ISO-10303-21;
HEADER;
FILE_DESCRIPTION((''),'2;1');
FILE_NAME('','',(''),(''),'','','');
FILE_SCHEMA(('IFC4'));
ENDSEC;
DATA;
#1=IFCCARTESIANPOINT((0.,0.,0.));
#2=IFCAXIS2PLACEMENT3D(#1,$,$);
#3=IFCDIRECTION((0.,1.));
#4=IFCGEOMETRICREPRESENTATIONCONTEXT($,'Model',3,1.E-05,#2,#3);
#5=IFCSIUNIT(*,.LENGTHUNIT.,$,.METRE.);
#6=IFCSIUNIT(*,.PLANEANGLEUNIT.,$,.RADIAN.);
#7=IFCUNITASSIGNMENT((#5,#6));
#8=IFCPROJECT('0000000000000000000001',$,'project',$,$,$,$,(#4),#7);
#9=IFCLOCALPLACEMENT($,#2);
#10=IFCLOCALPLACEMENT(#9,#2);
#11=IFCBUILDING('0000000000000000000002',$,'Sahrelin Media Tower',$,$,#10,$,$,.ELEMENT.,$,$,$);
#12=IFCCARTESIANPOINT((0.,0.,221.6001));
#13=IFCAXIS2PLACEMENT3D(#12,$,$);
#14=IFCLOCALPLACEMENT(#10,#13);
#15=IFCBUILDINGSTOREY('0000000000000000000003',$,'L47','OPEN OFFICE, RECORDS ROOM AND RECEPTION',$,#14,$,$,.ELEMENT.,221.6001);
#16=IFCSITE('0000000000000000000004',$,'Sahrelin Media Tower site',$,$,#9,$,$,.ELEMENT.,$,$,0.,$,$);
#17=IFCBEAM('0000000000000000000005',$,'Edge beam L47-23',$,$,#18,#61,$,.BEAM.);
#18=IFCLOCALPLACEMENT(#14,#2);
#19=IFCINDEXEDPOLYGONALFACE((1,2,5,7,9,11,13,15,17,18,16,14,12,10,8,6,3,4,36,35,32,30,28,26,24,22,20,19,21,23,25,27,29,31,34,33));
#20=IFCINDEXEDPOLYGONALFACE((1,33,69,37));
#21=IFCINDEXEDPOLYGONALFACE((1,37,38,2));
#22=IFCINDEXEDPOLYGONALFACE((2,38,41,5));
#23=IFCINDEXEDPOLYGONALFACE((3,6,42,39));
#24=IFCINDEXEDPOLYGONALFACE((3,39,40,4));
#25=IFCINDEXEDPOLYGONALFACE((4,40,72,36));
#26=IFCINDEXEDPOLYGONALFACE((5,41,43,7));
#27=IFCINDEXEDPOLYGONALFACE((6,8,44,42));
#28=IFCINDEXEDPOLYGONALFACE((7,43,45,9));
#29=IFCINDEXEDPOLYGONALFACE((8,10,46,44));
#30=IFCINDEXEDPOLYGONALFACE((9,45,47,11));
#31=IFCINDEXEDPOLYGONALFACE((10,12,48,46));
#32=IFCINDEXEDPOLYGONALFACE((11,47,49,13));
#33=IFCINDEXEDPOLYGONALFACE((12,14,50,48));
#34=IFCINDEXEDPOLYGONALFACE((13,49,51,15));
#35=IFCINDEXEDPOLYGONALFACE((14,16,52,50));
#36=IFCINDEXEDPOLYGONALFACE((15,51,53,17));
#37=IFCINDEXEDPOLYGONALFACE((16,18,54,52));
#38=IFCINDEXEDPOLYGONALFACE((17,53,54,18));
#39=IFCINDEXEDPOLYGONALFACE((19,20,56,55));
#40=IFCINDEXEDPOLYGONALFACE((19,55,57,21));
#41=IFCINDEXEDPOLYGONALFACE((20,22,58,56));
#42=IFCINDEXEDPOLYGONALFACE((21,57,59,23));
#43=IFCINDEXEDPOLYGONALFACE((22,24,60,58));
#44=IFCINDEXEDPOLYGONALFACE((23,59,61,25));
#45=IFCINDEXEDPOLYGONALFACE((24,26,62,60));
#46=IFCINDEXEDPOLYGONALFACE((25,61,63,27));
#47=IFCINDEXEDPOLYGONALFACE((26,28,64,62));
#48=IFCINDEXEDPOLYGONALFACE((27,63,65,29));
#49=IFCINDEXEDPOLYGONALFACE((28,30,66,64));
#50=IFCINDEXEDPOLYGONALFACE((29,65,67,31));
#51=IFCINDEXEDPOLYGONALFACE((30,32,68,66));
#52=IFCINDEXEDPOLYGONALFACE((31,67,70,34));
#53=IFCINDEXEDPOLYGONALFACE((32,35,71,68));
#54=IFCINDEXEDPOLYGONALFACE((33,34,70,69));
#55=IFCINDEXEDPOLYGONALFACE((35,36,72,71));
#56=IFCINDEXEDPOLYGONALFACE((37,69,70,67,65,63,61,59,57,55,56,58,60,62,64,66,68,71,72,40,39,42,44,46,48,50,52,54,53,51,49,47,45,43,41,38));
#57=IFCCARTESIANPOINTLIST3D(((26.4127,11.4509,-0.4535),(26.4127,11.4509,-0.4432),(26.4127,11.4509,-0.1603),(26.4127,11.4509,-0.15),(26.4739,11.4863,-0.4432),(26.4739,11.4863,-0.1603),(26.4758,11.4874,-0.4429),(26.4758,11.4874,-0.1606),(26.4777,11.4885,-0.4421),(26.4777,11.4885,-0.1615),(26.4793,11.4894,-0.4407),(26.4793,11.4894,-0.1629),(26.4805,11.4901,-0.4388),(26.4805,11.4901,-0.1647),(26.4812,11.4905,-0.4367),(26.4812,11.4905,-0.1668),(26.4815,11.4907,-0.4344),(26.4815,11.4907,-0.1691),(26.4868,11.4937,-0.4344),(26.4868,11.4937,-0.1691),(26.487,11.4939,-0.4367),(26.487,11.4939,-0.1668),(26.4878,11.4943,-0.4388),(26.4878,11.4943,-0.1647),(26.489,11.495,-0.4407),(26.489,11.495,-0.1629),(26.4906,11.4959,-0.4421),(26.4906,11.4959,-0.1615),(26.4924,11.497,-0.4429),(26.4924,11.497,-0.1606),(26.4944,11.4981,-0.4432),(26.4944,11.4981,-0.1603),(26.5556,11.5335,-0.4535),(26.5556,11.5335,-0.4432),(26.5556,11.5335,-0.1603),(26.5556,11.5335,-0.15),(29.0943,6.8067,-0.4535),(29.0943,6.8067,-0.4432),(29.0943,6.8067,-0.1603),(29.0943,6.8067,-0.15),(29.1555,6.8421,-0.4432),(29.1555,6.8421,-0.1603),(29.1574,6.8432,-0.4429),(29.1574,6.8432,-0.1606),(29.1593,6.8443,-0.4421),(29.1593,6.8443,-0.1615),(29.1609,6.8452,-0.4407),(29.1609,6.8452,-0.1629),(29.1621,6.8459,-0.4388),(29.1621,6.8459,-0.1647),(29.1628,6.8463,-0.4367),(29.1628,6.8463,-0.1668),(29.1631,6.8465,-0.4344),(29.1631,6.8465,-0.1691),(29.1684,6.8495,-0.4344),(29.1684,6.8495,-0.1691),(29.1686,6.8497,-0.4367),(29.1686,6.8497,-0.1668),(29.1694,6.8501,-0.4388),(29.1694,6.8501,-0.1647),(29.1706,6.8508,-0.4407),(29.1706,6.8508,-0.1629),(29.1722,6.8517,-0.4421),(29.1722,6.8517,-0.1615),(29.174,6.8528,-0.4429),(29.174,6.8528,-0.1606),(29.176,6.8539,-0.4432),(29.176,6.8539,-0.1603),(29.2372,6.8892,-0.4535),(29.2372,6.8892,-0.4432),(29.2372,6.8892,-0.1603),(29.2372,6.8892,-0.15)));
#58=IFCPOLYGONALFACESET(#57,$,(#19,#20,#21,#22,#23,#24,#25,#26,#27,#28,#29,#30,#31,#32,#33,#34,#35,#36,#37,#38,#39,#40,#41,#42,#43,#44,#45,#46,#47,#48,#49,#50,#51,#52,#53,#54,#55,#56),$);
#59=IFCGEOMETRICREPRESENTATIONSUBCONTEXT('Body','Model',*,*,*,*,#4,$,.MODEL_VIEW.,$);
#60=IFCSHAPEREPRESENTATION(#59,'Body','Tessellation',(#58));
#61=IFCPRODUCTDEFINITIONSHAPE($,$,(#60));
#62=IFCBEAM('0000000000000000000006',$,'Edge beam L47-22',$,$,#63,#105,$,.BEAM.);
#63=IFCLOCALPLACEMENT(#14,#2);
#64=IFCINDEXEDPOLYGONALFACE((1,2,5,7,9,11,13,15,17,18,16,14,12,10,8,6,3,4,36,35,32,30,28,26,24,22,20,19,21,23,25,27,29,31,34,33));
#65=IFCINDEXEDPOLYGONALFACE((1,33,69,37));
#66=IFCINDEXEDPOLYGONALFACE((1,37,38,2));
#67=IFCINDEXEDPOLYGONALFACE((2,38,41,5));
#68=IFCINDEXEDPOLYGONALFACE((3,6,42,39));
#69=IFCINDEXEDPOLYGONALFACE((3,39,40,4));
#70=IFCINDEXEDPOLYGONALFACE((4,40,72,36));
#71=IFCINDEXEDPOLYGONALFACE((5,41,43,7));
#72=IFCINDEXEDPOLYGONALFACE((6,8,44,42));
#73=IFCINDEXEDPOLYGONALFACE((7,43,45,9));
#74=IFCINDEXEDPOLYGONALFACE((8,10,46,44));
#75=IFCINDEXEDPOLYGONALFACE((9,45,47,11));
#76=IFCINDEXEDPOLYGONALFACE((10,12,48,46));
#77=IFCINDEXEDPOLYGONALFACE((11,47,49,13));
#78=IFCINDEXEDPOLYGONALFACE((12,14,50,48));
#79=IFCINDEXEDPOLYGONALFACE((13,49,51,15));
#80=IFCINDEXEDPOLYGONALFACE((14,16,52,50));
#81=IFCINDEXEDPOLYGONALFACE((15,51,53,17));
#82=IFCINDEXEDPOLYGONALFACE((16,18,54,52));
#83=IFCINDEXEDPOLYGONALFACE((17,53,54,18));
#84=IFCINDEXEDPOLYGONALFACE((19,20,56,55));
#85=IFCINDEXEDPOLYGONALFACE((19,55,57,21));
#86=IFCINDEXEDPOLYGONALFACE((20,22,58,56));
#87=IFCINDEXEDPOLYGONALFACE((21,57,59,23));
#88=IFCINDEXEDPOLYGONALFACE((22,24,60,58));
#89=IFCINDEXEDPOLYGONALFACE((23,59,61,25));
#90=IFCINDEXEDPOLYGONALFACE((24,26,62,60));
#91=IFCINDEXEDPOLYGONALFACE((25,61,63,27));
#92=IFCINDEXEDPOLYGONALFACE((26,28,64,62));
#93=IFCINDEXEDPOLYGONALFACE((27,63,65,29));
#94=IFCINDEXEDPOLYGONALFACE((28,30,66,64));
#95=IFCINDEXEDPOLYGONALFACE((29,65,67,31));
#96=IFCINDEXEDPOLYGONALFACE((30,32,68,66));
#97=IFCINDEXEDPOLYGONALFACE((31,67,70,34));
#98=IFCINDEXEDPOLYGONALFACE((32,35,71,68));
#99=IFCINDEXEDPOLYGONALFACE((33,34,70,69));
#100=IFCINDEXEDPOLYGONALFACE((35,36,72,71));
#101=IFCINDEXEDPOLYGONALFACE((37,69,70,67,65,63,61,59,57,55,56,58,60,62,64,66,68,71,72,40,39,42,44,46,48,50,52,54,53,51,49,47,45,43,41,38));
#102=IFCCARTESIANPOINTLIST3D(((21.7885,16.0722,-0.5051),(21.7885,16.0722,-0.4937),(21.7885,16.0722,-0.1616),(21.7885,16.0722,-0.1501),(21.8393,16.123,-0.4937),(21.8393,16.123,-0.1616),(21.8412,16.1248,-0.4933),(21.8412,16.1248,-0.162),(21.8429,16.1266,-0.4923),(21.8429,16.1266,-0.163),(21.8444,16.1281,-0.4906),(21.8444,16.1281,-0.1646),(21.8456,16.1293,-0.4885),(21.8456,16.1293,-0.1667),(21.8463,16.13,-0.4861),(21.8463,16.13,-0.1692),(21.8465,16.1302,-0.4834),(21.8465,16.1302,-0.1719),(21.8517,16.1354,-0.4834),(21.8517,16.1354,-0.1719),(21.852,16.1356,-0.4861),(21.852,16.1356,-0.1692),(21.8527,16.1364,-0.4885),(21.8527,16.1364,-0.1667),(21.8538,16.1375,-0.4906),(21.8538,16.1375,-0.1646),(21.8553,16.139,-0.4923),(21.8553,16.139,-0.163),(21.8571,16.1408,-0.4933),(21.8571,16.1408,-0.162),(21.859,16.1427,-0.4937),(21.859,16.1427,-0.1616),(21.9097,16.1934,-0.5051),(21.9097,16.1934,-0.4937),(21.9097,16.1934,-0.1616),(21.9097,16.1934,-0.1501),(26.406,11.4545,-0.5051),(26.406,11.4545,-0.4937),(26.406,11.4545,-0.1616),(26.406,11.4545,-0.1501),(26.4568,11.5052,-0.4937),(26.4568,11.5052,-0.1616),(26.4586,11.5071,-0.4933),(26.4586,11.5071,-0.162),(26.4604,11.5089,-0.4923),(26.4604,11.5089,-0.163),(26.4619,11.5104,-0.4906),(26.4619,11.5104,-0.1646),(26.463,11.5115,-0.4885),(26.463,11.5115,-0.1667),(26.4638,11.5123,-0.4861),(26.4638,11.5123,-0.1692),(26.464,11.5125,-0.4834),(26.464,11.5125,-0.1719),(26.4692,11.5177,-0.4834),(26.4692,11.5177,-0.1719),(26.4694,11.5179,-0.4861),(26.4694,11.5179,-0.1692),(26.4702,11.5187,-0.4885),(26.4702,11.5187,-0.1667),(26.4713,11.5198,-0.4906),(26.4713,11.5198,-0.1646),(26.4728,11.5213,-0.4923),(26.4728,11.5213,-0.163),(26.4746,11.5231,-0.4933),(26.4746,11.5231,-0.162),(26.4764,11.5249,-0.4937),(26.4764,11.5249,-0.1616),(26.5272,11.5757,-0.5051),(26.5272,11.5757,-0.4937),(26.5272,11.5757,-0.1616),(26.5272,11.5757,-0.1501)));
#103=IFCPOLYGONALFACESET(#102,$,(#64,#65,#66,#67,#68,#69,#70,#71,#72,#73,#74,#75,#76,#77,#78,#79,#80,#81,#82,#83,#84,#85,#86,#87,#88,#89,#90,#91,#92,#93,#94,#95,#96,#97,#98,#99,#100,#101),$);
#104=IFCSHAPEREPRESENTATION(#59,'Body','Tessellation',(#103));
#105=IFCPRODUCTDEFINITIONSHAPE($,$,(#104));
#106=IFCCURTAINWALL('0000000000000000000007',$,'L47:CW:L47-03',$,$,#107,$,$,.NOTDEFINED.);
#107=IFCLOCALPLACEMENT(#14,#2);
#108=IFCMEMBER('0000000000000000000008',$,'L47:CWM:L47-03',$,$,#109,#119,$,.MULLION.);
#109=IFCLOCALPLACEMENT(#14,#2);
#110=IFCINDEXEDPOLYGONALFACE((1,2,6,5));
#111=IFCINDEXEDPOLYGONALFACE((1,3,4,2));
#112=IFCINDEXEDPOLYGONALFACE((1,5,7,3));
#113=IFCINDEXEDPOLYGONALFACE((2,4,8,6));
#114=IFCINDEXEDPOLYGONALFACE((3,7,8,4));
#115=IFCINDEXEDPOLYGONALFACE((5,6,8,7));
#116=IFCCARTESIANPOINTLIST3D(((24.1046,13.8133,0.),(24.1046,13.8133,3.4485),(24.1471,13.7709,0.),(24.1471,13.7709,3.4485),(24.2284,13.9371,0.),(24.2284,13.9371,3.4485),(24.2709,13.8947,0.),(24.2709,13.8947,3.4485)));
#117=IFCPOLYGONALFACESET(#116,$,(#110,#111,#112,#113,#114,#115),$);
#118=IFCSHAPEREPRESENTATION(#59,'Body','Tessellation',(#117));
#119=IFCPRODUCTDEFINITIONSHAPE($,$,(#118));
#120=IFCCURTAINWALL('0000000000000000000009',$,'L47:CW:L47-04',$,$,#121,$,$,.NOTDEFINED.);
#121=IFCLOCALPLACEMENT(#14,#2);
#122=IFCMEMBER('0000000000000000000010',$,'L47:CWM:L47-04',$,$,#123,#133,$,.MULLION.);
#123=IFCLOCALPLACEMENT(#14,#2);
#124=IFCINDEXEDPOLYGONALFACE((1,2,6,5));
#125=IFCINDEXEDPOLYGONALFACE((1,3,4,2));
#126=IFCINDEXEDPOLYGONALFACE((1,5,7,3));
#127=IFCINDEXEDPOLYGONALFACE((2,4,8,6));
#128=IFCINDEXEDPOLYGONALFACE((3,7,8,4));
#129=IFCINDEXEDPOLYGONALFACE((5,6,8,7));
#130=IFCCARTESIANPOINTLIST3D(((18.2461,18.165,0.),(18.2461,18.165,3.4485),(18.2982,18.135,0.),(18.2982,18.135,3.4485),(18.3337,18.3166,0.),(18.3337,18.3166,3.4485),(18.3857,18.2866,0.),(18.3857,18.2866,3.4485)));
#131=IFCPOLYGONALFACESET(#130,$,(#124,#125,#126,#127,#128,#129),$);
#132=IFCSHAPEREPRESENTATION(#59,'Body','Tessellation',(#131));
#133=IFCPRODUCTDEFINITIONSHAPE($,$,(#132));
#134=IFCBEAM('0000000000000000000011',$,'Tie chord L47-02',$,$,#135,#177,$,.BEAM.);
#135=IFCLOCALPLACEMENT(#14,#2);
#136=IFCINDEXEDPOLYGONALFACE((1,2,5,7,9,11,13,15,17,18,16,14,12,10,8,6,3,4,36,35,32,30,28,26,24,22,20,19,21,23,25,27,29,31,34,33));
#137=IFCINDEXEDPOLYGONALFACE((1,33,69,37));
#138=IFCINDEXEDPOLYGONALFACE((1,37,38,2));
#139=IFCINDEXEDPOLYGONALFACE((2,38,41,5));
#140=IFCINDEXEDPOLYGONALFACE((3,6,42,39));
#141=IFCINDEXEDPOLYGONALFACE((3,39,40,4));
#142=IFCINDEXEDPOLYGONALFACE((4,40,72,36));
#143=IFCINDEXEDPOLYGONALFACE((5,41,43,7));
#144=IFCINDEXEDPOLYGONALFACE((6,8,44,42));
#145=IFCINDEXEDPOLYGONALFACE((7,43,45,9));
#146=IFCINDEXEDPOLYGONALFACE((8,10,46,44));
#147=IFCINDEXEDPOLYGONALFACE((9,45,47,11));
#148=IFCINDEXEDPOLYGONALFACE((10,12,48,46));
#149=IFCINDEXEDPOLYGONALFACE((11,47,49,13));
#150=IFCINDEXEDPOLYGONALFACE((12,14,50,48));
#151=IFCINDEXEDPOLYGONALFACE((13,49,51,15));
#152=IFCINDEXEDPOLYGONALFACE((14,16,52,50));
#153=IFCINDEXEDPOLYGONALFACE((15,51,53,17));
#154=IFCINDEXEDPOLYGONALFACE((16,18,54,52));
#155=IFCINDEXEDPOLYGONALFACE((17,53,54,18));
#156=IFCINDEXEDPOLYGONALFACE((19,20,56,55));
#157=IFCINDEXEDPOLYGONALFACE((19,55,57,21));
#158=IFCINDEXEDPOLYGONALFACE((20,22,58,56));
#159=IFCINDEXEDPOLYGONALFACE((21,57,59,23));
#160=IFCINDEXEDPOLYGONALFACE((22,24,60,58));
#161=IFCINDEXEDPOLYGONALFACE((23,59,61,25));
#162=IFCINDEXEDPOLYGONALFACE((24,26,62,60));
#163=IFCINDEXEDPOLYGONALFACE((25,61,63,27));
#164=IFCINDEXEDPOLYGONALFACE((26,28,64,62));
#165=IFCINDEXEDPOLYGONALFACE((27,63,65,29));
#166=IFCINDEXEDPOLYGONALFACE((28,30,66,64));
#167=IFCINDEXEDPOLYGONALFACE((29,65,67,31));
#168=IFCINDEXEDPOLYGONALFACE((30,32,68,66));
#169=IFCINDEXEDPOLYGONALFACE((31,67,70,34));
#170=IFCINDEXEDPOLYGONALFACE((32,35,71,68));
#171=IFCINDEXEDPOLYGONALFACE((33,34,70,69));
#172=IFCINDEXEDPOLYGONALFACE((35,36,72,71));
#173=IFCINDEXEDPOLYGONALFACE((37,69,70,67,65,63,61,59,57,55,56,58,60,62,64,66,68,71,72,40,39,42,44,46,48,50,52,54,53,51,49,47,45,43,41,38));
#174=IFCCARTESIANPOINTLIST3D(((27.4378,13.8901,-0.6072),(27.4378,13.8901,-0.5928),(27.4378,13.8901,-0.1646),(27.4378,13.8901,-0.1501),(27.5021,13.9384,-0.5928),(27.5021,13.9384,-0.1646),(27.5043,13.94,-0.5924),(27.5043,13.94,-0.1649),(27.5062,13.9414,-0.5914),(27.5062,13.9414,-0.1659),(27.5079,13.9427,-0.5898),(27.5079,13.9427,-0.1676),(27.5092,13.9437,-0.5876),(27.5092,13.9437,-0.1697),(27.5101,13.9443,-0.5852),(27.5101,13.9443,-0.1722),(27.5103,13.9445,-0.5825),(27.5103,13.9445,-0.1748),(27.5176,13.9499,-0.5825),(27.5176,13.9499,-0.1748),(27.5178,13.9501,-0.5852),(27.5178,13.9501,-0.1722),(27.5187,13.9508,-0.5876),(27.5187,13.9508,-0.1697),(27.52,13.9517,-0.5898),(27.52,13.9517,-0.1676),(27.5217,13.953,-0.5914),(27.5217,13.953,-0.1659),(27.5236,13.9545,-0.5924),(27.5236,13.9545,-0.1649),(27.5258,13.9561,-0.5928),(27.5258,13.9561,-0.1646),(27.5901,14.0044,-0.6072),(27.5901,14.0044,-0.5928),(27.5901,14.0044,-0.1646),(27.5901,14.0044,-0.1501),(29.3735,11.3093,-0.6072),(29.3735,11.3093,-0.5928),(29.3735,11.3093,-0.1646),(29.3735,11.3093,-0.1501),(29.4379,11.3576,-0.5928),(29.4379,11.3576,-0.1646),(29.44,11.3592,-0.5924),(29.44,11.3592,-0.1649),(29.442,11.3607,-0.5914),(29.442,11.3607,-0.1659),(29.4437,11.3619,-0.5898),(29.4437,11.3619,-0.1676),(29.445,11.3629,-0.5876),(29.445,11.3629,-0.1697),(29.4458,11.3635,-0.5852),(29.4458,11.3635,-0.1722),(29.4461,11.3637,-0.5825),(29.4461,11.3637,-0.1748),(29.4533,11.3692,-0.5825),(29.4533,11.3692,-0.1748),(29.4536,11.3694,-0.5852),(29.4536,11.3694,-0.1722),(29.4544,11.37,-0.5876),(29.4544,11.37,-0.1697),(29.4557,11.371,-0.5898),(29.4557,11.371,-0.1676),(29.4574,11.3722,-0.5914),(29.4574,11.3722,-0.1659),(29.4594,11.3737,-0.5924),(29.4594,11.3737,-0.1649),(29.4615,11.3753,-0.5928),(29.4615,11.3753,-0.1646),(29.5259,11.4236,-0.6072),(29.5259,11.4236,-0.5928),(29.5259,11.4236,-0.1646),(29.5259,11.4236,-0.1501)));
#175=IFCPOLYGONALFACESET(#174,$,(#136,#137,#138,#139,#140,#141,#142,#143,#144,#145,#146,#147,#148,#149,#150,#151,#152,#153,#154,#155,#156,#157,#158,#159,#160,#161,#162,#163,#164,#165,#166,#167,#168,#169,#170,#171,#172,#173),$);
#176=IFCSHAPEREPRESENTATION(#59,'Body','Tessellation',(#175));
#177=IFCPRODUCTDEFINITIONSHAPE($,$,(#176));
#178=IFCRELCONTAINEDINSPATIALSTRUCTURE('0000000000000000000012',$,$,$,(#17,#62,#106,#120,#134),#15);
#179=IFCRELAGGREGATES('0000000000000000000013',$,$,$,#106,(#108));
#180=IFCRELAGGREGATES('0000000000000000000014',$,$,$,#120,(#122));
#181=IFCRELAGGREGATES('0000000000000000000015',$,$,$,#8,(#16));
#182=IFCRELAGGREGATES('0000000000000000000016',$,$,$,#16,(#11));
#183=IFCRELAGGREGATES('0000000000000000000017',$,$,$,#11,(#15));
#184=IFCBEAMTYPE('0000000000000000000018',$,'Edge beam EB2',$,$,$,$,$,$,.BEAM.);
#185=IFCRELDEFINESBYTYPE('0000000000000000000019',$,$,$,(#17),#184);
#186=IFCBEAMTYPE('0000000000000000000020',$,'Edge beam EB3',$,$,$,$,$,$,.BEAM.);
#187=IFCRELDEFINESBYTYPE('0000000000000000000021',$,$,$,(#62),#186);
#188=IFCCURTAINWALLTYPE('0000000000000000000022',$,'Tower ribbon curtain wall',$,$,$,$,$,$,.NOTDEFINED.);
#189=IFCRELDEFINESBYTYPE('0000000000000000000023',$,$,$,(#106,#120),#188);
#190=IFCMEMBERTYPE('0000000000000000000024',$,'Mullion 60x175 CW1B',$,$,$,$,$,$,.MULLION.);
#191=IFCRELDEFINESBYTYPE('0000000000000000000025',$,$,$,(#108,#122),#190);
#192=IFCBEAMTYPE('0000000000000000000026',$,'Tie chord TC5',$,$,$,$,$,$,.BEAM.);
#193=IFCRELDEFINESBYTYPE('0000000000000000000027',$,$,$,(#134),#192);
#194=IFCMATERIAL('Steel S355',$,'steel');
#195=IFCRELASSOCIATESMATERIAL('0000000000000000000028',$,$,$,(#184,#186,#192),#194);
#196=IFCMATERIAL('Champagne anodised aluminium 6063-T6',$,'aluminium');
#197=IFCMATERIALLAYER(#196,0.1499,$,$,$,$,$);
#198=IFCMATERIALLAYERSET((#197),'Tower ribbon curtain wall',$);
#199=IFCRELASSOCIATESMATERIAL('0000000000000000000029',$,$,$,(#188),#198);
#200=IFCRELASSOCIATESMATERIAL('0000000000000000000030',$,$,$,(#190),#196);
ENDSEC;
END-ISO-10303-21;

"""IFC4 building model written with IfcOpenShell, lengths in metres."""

from ifc_helpers import new_model, si_unit, direction, frame, origin, origin_2d, place, context, subcontext, project, spatial, rectangle, i_section, extrude, material, layer, layer_set, material_profile, profile_set, type_object, element, aggregate, save


model = new_model("IFC4")

# Units and contexts
model_context = context("Model", 3, precision=1e-05, world=origin(), true_north=direction((0.0, 1.0)))
body_context = subcontext(model_context, "Body", "Model", "MODEL_VIEW")
ifc_project = project(units=[si_unit("LENGTHUNIT", "METRE"), si_unit("PLANEANGLEUNIT", "RADIAN")], contexts=[model_context])

# Site, building, storey
site_placement = place(None, origin())
site = spatial("IfcSite", under=ifc_project, at=site_placement, Name="Sahrelin Media Tower site", CompositionType="ELEMENT", RefElevation=0.0)
building_placement = place(site_placement, origin())
building = spatial("IfcBuilding", under=site, at=building_placement, Name="Sahrelin Media Tower", CompositionType="ELEMENT")
storey_placement = place(building_placement, frame((0.0, 0.0, 221.6001)))
storey = spatial("IfcBuildingStorey", under=building, at=storey_placement, Name="L47", Description="OPEN OFFICE, RECORDS ROOM AND RECEPTION", CompositionType="ELEMENT", Elevation=221.6001)

# Beams
ifc_material_1 = material(Name="Steel S355", Category="steel")
ifc_material_profile_1 = material_profile(ifc_material_1, i_section(OverallWidth=0.165, OverallDepth=0.3035, WebThickness=0.0061, FlangeThickness=0.0103, FilletRadius=0.0088, at=origin_2d()), Name="UB 305x165x40")
ifc_profile_set_1 = profile_set([ifc_material_profile_1], Name="Steel S355")
beam_type_1 = type_object("IfcBeamType", Name="Edge beam EB2", PredefinedType="BEAM", material=ifc_profile_set_1)
beam_1_placement = place(storey_placement, frame((26.4841, 11.4922, -0.3018), z_axis=(0.500036, -0.866004, 0.0), x_axis=(0.866004, 0.500036, 0.0)))
element("IfcBeam", 1, at=beam_1_placement, inside=storey, type_object=beam_type_1, Name="Edge beam L47-23", PredefinedType="BEAM", context=body_context, shape_type="SweptSolid", body=[
    extrude(i_section(OverallWidth=0.165, OverallDepth=0.3035, WebThickness=0.0061, FlangeThickness=0.0103, FilletRadius=0.0088, at=origin_2d()), origin(), (0.0, 0.0, 1.0), 5.3628),
])
ifc_material_profile_2 = material_profile(ifc_material_1, i_section(OverallWidth=0.1714, OverallDepth=0.355, WebThickness=0.0073, FlangeThickness=0.0115, FilletRadius=0.0103, at=origin_2d()), Name="UB 356x171x51")
ifc_profile_set_2 = profile_set([ifc_material_profile_2], Name="Steel S355")
beam_type_2 = type_object("IfcBeamType", Name="Edge beam EB3", PredefinedType="BEAM", material=ifc_profile_set_2)
beam_2_placement = place(storey_placement, frame((21.8491, 16.1328, -0.3276), z_axis=(0.707088, -0.707125, 0.0), x_axis=(0.707125, 0.707088, 0.0)))
element("IfcBeam", 2, at=beam_2_placement, inside=storey, type_object=beam_type_2, Name="Edge beam L47-22", PredefinedType="BEAM", context=body_context, shape_type="SweptSolid", body=[
    extrude(i_section(OverallWidth=0.1714, OverallDepth=0.355, WebThickness=0.0073, FlangeThickness=0.0115, FilletRadius=0.0103, at=origin_2d()), origin(), (0.0, 0.0, 1.0), 6.5303),
])

# Curtain walls, members
ifc_material_2 = material(Name="Champagne anodised aluminium 6063-T6", Category="aluminium")
ifc_layer_1 = layer(ifc_material_2, 0.1499)
ifc_layer_set_1 = layer_set([ifc_layer_1], Name="Tower ribbon curtain wall")
curtain_wall_type = type_object("IfcCurtainWallType", Name="Tower ribbon curtain wall", PredefinedType="NOTDEFINED", material=ifc_layer_set_1)
curtain_wall_1_placement = place(storey_placement, frame((24.2639, 13.9299, 0.0), z_axis=(0.0, 0.0, 1.0), x_axis=(1.0, 0.0, 0.0)))
curtain_wall_1 = element("IfcCurtainWall", 3, at=curtain_wall_1_placement, inside=storey, type_object=curtain_wall_type, Name="L47:CW:L47-03", PredefinedType="NOTDEFINED")
ifc_material_profile_3 = material_profile(ifc_material_2, rectangle(XDim=0.0601, YDim=0.175, at=origin_2d()), Name="Mullion 60x175")
ifc_profile_set_3 = profile_set([ifc_material_profile_3], Name="Champagne anodised aluminium 6063-T6")
member_type_1 = type_object("IfcMemberType", Name="Mullion 60x175 CW1B", PredefinedType="MULLION", material=ifc_profile_set_3)
member_1_placement = place(storey_placement, frame((24.1877, 13.854, 0.0), z_axis=(0.0, 0.0, 1.0), x_axis=(-0.707114, 0.707099, 0.0)))
member_1 = element("IfcMember", 4, at=member_1_placement, type_object=member_type_1, Name="L47:CWM:L47-03", PredefinedType="MULLION", context=body_context, shape_type="SweptSolid", body=[
    extrude(rectangle(XDim=0.0601, YDim=0.175, at=origin_2d()), origin(), (0.0, 0.0, 1.0), 3.4485),
])
curtain_wall_2_placement = place(storey_placement, frame((18.3696, 18.3191, 0.0), z_axis=(0.0, 0.0, 1.0), x_axis=(1.0, 0.0, 0.0)))
curtain_wall_2 = element("IfcCurtainWall", 5, at=curtain_wall_2_placement, inside=storey, type_object=curtain_wall_type, Name="L47:CW:L47-04", PredefinedType="NOTDEFINED")
member_2_placement = place(storey_placement, frame((18.3159, 18.2258, 0.0), z_axis=(0.0, 0.0, 1.0), x_axis=(-0.866023, 0.500005, 0.0)))
member_2 = element("IfcMember", 6, at=member_2_placement, type_object=member_type_1, Name="L47:CWM:L47-04", PredefinedType="MULLION", context=body_context, shape_type="SweptSolid", body=[
    extrude(rectangle(XDim=0.0601, YDim=0.175, at=origin_2d()), origin(), (0.0, 0.0, 1.0), 3.4485),
])

# Beam
ifc_material_profile_4 = material_profile(ifc_material_1, i_section(OverallWidth=0.1904, OverallDepth=0.457, WebThickness=0.009, FlangeThickness=0.0144, FilletRadius=0.0103, at=origin_2d()), Name="UB 457x191x74")
ifc_profile_set_4 = profile_set([ifc_material_profile_4], Name="Steel S355")
beam_type_3 = type_object("IfcBeamType", Name="Tie chord TC5", PredefinedType="BEAM", material=ifc_profile_set_4)
beam_3_placement = place(storey_placement, frame((29.4497, 11.3665, -0.3787), z_axis=(-0.600036, 0.799973, 0.0), x_axis=(-0.799973, -0.600036, 0.0)))
element("IfcBeam", 7, at=beam_3_placement, inside=storey, type_object=beam_type_3, Name="Tie chord L47-02", PredefinedType="BEAM", context=body_context, shape_type="SweptSolid", body=[
    extrude(i_section(OverallWidth=0.1904, OverallDepth=0.457, WebThickness=0.009, FlangeThickness=0.0144, FilletRadius=0.0103, at=origin_2d()), origin(), (0.0, 0.0, 1.0), 3.2261),
])

aggregate(curtain_wall_1, [member_1])
aggregate(curtain_wall_2, [member_2])

save(model, "model.ifc")
